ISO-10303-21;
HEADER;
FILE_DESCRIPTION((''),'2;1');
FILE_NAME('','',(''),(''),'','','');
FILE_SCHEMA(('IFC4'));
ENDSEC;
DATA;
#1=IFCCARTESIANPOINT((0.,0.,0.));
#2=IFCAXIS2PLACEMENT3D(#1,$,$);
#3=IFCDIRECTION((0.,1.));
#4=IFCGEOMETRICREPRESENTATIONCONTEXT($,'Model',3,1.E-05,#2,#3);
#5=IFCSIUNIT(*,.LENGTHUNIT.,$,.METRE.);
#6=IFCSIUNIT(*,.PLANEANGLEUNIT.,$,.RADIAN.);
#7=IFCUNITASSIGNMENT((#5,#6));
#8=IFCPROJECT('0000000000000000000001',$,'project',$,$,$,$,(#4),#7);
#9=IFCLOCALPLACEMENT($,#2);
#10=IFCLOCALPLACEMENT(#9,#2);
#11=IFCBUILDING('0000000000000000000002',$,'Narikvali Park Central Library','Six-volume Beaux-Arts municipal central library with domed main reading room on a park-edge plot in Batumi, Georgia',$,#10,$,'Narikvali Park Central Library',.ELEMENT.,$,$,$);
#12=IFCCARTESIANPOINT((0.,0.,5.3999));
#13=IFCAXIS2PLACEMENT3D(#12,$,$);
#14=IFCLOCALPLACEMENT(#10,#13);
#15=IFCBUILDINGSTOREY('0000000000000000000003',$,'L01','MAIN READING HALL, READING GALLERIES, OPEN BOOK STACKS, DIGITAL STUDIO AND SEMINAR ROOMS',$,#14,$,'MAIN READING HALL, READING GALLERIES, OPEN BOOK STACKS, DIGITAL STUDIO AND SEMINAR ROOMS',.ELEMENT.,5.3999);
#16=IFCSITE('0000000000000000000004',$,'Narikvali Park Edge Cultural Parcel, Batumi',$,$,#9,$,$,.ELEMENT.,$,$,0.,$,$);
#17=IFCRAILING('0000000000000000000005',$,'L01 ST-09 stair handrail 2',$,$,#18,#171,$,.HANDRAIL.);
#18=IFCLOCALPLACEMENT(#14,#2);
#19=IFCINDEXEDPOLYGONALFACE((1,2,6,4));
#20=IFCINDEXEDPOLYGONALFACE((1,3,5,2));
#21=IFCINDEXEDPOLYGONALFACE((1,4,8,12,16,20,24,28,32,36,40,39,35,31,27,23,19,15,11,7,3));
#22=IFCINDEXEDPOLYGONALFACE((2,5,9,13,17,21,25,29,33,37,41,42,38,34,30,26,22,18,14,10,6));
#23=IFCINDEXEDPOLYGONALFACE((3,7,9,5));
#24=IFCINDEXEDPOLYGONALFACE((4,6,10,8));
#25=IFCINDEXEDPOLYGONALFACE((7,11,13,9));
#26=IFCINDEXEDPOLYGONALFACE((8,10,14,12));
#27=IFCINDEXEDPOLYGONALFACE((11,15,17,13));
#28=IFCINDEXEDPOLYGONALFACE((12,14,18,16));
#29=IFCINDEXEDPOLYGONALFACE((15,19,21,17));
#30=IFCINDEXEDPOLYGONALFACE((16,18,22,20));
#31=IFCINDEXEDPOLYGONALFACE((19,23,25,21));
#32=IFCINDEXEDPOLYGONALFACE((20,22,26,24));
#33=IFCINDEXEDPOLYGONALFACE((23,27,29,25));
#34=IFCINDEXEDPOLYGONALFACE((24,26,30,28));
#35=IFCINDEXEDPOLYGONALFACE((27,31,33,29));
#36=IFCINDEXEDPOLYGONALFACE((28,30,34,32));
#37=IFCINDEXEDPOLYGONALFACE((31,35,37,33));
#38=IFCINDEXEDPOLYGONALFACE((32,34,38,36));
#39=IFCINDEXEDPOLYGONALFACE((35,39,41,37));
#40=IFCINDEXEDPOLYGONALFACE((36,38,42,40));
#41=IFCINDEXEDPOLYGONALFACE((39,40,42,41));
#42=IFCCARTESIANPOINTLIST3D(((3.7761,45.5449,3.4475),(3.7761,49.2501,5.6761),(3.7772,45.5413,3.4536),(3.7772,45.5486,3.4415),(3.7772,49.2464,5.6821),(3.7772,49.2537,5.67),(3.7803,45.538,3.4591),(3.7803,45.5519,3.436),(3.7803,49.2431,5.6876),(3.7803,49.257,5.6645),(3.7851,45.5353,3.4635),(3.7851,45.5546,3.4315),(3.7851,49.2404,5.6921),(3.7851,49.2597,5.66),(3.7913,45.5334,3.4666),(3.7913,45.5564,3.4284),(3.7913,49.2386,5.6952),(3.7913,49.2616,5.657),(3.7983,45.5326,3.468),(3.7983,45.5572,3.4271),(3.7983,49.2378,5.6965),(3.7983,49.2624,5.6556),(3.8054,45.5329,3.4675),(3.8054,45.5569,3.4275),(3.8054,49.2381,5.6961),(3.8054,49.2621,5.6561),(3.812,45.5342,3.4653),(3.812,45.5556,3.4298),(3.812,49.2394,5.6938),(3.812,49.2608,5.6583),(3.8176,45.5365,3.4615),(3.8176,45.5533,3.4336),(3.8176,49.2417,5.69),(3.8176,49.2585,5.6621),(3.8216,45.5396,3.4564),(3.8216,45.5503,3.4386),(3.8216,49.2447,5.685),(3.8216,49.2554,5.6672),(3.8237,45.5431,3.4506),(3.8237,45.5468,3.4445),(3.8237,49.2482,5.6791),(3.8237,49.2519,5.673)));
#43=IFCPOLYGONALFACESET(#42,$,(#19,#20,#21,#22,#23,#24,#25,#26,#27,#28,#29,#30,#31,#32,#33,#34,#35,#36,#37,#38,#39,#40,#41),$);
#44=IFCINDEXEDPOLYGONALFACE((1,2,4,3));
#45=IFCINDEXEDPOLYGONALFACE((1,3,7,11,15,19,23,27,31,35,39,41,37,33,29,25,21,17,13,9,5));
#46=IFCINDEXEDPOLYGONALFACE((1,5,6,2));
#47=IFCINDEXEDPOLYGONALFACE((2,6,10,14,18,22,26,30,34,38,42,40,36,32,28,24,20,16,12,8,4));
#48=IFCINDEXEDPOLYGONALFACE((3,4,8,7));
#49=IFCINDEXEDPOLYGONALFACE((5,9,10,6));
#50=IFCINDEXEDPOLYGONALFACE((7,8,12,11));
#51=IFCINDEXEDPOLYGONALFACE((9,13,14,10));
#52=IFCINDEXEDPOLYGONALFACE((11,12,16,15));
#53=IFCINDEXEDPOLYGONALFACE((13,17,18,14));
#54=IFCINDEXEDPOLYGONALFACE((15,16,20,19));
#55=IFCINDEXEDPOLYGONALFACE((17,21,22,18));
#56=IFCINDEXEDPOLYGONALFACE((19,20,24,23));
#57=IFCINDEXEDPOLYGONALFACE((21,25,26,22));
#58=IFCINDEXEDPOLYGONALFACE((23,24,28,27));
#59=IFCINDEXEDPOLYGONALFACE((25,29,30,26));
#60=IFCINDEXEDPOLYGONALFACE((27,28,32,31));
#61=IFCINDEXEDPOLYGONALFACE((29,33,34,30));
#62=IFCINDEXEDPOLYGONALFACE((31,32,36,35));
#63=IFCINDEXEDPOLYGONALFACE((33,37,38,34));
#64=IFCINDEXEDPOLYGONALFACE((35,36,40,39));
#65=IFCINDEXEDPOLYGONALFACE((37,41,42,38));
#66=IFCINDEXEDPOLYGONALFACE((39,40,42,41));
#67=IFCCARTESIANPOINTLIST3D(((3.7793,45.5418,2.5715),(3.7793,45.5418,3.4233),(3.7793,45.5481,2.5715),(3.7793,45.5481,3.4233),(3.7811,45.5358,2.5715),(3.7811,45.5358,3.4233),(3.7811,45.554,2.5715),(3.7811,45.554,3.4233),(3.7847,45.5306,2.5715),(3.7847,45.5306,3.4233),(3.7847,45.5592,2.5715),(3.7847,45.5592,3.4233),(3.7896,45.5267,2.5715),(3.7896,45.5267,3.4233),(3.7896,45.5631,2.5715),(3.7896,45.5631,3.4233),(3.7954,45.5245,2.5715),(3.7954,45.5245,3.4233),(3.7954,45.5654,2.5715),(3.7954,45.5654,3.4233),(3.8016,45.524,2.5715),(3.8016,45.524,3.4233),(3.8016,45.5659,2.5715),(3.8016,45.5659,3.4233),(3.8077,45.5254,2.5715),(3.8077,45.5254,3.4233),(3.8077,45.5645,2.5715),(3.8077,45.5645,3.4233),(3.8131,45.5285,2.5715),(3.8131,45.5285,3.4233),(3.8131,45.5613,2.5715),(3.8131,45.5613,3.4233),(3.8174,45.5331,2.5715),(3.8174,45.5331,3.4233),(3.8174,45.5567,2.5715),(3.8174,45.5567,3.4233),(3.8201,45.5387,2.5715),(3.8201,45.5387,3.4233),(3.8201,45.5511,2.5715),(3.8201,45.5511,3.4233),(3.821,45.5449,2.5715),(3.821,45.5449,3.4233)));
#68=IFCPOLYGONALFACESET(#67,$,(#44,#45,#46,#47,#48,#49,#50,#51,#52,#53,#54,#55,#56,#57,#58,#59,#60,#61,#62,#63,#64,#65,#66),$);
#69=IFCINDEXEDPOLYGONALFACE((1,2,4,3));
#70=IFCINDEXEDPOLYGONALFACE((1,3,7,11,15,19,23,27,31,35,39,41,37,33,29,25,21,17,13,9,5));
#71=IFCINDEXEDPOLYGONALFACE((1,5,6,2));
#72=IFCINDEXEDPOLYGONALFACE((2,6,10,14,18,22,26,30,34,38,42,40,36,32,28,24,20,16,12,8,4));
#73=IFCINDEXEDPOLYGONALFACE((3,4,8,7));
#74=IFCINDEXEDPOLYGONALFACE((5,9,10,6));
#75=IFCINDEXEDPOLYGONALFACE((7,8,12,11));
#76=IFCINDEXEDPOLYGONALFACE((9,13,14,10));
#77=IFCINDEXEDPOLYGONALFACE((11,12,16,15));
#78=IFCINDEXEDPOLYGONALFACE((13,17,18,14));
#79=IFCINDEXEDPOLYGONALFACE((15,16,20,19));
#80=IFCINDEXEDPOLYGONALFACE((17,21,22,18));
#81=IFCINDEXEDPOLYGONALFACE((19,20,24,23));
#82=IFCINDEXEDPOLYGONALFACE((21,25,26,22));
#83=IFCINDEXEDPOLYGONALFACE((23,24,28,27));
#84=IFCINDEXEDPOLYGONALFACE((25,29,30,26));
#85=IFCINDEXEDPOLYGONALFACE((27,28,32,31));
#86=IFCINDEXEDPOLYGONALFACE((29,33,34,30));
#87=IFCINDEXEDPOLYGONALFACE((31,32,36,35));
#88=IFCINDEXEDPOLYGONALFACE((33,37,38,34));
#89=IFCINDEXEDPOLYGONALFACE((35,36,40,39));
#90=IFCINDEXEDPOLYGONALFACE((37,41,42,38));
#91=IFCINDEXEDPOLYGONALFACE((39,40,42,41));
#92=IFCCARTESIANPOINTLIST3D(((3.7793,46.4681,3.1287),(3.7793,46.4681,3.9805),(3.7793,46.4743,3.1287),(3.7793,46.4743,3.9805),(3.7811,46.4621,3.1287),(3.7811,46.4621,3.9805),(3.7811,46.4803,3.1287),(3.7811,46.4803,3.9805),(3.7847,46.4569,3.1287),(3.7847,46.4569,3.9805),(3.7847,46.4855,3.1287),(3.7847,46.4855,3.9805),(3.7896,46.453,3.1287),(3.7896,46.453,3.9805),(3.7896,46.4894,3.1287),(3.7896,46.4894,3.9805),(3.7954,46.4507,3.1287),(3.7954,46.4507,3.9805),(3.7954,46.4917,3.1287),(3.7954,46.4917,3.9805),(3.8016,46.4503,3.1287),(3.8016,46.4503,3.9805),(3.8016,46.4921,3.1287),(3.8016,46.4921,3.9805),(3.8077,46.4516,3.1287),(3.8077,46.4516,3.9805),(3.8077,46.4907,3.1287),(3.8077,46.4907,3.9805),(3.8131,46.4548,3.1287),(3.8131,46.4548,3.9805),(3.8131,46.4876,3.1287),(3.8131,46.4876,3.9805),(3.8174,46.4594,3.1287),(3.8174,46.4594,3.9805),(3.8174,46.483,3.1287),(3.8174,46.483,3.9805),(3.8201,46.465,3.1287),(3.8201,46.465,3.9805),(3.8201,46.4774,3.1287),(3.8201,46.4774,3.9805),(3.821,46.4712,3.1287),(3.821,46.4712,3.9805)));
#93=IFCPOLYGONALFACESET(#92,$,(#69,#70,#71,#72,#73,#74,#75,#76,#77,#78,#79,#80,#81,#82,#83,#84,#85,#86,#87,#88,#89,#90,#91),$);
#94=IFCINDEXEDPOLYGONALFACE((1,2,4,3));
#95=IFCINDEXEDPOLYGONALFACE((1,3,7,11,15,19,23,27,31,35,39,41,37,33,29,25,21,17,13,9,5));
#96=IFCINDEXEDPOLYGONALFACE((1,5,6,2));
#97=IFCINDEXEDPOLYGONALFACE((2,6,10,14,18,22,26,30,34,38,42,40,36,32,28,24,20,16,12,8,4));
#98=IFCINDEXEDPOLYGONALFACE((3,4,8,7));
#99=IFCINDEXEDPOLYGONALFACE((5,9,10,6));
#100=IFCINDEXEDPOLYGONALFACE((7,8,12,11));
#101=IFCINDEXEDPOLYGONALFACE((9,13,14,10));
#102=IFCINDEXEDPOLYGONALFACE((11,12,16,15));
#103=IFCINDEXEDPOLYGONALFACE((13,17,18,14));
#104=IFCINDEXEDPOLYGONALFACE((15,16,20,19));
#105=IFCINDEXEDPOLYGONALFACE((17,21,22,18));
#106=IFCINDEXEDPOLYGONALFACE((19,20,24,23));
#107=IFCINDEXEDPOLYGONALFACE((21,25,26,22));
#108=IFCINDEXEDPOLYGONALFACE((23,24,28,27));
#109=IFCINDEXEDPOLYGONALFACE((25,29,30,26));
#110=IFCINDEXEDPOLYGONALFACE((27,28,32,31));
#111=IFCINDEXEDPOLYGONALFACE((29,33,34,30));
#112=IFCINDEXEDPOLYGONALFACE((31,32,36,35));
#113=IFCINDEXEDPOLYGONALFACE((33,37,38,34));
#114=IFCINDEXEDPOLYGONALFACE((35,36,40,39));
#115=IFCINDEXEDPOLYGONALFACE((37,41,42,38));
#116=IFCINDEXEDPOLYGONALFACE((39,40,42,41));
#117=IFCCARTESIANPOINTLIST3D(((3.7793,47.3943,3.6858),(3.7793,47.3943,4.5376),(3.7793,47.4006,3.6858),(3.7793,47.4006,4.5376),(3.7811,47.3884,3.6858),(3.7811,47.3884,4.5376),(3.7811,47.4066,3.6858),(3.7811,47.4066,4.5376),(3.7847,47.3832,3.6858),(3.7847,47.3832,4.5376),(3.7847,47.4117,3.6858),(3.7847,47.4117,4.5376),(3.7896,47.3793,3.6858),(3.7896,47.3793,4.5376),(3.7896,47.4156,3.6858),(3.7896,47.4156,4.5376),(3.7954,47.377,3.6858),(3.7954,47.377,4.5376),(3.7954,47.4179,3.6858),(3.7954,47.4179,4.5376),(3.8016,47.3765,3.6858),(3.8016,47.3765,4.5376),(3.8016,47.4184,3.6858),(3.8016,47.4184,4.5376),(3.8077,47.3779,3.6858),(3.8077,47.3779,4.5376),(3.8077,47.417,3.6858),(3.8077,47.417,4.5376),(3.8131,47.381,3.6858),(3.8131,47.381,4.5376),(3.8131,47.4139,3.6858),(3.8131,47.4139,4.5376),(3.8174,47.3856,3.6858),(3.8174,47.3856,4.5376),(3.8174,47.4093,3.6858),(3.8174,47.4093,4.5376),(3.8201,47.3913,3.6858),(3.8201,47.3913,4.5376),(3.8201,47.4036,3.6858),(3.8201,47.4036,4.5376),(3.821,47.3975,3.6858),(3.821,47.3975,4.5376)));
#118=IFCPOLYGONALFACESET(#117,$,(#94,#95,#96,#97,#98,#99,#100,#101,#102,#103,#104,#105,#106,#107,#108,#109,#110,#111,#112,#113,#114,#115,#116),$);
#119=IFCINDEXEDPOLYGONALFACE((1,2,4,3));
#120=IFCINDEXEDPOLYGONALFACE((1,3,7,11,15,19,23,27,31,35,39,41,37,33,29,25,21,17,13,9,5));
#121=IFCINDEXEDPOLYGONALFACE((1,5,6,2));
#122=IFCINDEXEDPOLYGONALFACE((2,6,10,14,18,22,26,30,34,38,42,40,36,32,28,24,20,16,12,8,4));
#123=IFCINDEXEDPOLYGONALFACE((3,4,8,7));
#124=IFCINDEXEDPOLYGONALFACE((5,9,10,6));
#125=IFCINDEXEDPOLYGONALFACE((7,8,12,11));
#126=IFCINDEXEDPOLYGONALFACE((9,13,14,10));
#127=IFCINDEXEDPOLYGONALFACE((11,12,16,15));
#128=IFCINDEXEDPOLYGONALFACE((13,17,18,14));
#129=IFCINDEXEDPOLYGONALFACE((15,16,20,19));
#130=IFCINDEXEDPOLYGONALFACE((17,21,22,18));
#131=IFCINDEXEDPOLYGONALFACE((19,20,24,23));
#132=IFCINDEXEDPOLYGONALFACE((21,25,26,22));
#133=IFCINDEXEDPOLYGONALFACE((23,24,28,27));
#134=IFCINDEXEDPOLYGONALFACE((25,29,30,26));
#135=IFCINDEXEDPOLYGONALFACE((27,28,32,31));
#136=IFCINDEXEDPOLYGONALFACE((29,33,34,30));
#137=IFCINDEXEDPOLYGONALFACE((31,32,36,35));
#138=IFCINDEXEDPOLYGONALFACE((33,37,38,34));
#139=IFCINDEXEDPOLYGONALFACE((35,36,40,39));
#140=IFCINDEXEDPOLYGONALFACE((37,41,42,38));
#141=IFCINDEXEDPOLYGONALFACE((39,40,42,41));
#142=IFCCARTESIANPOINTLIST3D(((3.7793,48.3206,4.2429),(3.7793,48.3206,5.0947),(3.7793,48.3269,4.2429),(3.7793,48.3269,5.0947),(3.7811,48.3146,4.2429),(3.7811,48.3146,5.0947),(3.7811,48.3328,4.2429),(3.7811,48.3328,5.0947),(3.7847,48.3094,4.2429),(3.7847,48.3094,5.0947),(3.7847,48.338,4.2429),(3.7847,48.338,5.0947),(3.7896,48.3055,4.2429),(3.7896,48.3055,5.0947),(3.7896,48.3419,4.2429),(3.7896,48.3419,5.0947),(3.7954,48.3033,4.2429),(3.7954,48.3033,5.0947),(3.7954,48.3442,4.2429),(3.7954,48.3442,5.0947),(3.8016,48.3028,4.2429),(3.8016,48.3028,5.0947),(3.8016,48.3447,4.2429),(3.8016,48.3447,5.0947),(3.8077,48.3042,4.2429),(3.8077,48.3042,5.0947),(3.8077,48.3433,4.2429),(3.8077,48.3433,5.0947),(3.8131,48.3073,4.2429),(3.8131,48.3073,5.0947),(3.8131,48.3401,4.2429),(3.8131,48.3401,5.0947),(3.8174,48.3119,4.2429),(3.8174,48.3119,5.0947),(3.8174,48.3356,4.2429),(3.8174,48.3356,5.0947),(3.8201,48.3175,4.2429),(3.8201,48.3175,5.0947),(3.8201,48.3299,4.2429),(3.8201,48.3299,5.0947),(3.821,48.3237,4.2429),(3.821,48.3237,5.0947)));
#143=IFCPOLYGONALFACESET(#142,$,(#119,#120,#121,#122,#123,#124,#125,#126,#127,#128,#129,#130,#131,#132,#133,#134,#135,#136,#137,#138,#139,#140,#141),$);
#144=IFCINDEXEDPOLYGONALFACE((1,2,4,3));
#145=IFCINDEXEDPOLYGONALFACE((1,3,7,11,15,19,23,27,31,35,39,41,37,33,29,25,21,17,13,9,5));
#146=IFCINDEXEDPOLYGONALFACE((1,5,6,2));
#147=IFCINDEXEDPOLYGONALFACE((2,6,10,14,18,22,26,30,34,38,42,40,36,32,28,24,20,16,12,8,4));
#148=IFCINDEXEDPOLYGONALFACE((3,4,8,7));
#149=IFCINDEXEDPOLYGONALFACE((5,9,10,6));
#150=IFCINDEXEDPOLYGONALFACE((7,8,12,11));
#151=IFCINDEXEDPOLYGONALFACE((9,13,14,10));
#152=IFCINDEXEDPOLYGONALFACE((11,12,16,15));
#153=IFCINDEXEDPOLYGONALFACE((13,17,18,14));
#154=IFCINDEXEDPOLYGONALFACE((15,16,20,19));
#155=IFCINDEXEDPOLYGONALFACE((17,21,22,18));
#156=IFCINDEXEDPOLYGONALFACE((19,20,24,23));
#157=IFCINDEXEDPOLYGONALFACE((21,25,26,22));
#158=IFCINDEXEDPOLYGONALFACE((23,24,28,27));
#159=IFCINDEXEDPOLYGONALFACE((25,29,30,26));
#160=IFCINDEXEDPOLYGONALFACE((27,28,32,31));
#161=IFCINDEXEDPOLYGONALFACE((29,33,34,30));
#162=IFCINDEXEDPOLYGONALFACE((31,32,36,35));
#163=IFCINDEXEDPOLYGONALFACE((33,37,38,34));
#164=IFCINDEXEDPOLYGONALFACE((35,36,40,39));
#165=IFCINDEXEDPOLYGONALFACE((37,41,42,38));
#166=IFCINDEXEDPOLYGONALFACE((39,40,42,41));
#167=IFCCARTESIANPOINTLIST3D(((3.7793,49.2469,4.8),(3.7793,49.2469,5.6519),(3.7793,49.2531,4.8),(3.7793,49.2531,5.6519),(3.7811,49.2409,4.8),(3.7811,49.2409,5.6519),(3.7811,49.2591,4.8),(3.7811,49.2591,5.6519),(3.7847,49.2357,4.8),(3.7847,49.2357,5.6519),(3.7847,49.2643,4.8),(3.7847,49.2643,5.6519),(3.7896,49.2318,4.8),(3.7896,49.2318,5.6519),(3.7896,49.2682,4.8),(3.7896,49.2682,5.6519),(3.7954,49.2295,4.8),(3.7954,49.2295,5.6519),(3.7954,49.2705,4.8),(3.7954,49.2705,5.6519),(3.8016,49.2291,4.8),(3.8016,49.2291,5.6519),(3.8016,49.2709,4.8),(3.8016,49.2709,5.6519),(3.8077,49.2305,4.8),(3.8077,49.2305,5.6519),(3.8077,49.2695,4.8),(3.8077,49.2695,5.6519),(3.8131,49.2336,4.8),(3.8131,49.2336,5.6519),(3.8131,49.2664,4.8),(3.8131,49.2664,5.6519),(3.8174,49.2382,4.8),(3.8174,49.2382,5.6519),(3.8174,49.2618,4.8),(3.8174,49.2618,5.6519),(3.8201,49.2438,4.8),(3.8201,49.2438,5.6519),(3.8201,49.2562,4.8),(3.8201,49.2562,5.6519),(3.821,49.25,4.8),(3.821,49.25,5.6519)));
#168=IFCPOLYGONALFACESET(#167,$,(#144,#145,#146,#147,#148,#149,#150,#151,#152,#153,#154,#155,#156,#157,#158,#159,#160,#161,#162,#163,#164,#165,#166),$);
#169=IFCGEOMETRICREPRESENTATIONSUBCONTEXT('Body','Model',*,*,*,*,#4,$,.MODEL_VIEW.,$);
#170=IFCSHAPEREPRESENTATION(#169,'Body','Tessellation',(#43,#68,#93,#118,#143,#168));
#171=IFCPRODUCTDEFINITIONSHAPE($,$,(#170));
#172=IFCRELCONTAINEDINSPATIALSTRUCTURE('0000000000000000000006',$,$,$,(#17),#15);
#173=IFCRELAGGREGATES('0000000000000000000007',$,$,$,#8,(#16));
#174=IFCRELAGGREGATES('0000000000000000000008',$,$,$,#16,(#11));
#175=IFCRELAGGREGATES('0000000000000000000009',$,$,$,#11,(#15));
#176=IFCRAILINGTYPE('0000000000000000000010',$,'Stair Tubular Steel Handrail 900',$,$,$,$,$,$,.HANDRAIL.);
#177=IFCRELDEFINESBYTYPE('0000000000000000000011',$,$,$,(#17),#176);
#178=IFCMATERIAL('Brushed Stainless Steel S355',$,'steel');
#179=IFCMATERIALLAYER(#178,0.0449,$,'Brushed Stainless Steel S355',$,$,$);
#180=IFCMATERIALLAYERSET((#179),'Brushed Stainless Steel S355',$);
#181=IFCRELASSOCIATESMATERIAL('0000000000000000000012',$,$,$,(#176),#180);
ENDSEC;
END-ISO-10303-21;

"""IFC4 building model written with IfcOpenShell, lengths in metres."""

from ifc_helpers import new_model, si_unit, direction, frame, origin, origin_2d, place, context, subcontext, project, spatial, circle, extrude, material, layer, layer_set, type_object, element, save


model = new_model("IFC4")

# Units and contexts
model_context = context("Model", 3, precision=1e-05, world=origin(), true_north=direction((0.0, 1.0)))
body_context = subcontext(model_context, "Body", "Model", "MODEL_VIEW")
ifc_project = project(units=[si_unit("LENGTHUNIT", "METRE"), si_unit("PLANEANGLEUNIT", "RADIAN")], contexts=[model_context])

# Site, building, storey
site_placement = place(None, origin())
site = spatial("IfcSite", under=ifc_project, at=site_placement, Name="Narikvali Park Edge Cultural Parcel, Batumi", CompositionType="ELEMENT", RefElevation=0.0)
building_placement = place(site_placement, origin())
building = spatial("IfcBuilding", under=site, at=building_placement, Name="Narikvali Park Central Library", Description="Six-volume Beaux-Arts municipal central library with domed main reading room on a park-edge plot in Batumi, Georgia", LongName="Narikvali Park Central Library", CompositionType="ELEMENT")
storey_placement = place(building_placement, frame((0.0, 0.0, 5.3999)))
storey = spatial("IfcBuildingStorey", under=building, at=storey_placement, Name="L01", Description="MAIN READING HALL, READING GALLERIES, OPEN BOOK STACKS, DIGITAL STUDIO AND SEMINAR ROOMS", LongName="MAIN READING HALL, READING GALLERIES, OPEN BOOK STACKS, DIGITAL STUDIO AND SEMINAR ROOMS", CompositionType="ELEMENT", Elevation=5.3999)

# Railing
ifc_material_1 = material(Name="Brushed Stainless Steel S355", Category="steel")
ifc_layer_1 = layer(ifc_material_1, 0.0449, Name="Brushed Stainless Steel S355")
ifc_layer_set_1 = layer_set([ifc_layer_1], Name="Brushed Stainless Steel S355")
railing_type_1 = type_object("IfcRailingType", Name="Stair Tubular Steel Handrail 900", PredefinedType="HANDRAIL", material=ifc_layer_set_1)
railing_1_placement = place(storey_placement, frame((3.8, 45.5449, 2.5715)))
element("IfcRailing", 1, at=railing_1_placement, inside=storey, type_object=railing_type_1, Name="L01 ST-09 stair handrail 2", PredefinedType="HANDRAIL", context=body_context, shape_type="SweptSolid", body=[
    extrude(circle(Radius=0.0239, at=origin_2d()), frame((0.0, 0.0, 0.876), z_axis=(0.0, 0.856934, 0.515425), x_axis=(-1.0, 0.0, 0.0)), (0.0, 0.0, 1.0), 4.3237),
    extrude(circle(Radius=0.021, at=origin_2d()), origin(), (0.0, 0.0, 1.0), 0.8518),
    extrude(circle(Radius=0.021, at=origin_2d()), frame((0.0, 0.9263, 0.5571)), (0.0, 0.0, 1.0), 0.8518),
    extrude(circle(Radius=0.021, at=origin_2d()), frame((0.0, 1.8525, 1.1143)), (0.0, 0.0, 1.0), 0.8518),
    extrude(circle(Radius=0.021, at=origin_2d()), frame((0.0, 2.7788, 1.6714)), (0.0, 0.0, 1.0), 0.8518),
    extrude(circle(Radius=0.021, at=origin_2d()), frame((0.0, 3.7051, 2.2285)), (0.0, 0.0, 1.0), 0.8518),
])

save(model, "model.ifc")
